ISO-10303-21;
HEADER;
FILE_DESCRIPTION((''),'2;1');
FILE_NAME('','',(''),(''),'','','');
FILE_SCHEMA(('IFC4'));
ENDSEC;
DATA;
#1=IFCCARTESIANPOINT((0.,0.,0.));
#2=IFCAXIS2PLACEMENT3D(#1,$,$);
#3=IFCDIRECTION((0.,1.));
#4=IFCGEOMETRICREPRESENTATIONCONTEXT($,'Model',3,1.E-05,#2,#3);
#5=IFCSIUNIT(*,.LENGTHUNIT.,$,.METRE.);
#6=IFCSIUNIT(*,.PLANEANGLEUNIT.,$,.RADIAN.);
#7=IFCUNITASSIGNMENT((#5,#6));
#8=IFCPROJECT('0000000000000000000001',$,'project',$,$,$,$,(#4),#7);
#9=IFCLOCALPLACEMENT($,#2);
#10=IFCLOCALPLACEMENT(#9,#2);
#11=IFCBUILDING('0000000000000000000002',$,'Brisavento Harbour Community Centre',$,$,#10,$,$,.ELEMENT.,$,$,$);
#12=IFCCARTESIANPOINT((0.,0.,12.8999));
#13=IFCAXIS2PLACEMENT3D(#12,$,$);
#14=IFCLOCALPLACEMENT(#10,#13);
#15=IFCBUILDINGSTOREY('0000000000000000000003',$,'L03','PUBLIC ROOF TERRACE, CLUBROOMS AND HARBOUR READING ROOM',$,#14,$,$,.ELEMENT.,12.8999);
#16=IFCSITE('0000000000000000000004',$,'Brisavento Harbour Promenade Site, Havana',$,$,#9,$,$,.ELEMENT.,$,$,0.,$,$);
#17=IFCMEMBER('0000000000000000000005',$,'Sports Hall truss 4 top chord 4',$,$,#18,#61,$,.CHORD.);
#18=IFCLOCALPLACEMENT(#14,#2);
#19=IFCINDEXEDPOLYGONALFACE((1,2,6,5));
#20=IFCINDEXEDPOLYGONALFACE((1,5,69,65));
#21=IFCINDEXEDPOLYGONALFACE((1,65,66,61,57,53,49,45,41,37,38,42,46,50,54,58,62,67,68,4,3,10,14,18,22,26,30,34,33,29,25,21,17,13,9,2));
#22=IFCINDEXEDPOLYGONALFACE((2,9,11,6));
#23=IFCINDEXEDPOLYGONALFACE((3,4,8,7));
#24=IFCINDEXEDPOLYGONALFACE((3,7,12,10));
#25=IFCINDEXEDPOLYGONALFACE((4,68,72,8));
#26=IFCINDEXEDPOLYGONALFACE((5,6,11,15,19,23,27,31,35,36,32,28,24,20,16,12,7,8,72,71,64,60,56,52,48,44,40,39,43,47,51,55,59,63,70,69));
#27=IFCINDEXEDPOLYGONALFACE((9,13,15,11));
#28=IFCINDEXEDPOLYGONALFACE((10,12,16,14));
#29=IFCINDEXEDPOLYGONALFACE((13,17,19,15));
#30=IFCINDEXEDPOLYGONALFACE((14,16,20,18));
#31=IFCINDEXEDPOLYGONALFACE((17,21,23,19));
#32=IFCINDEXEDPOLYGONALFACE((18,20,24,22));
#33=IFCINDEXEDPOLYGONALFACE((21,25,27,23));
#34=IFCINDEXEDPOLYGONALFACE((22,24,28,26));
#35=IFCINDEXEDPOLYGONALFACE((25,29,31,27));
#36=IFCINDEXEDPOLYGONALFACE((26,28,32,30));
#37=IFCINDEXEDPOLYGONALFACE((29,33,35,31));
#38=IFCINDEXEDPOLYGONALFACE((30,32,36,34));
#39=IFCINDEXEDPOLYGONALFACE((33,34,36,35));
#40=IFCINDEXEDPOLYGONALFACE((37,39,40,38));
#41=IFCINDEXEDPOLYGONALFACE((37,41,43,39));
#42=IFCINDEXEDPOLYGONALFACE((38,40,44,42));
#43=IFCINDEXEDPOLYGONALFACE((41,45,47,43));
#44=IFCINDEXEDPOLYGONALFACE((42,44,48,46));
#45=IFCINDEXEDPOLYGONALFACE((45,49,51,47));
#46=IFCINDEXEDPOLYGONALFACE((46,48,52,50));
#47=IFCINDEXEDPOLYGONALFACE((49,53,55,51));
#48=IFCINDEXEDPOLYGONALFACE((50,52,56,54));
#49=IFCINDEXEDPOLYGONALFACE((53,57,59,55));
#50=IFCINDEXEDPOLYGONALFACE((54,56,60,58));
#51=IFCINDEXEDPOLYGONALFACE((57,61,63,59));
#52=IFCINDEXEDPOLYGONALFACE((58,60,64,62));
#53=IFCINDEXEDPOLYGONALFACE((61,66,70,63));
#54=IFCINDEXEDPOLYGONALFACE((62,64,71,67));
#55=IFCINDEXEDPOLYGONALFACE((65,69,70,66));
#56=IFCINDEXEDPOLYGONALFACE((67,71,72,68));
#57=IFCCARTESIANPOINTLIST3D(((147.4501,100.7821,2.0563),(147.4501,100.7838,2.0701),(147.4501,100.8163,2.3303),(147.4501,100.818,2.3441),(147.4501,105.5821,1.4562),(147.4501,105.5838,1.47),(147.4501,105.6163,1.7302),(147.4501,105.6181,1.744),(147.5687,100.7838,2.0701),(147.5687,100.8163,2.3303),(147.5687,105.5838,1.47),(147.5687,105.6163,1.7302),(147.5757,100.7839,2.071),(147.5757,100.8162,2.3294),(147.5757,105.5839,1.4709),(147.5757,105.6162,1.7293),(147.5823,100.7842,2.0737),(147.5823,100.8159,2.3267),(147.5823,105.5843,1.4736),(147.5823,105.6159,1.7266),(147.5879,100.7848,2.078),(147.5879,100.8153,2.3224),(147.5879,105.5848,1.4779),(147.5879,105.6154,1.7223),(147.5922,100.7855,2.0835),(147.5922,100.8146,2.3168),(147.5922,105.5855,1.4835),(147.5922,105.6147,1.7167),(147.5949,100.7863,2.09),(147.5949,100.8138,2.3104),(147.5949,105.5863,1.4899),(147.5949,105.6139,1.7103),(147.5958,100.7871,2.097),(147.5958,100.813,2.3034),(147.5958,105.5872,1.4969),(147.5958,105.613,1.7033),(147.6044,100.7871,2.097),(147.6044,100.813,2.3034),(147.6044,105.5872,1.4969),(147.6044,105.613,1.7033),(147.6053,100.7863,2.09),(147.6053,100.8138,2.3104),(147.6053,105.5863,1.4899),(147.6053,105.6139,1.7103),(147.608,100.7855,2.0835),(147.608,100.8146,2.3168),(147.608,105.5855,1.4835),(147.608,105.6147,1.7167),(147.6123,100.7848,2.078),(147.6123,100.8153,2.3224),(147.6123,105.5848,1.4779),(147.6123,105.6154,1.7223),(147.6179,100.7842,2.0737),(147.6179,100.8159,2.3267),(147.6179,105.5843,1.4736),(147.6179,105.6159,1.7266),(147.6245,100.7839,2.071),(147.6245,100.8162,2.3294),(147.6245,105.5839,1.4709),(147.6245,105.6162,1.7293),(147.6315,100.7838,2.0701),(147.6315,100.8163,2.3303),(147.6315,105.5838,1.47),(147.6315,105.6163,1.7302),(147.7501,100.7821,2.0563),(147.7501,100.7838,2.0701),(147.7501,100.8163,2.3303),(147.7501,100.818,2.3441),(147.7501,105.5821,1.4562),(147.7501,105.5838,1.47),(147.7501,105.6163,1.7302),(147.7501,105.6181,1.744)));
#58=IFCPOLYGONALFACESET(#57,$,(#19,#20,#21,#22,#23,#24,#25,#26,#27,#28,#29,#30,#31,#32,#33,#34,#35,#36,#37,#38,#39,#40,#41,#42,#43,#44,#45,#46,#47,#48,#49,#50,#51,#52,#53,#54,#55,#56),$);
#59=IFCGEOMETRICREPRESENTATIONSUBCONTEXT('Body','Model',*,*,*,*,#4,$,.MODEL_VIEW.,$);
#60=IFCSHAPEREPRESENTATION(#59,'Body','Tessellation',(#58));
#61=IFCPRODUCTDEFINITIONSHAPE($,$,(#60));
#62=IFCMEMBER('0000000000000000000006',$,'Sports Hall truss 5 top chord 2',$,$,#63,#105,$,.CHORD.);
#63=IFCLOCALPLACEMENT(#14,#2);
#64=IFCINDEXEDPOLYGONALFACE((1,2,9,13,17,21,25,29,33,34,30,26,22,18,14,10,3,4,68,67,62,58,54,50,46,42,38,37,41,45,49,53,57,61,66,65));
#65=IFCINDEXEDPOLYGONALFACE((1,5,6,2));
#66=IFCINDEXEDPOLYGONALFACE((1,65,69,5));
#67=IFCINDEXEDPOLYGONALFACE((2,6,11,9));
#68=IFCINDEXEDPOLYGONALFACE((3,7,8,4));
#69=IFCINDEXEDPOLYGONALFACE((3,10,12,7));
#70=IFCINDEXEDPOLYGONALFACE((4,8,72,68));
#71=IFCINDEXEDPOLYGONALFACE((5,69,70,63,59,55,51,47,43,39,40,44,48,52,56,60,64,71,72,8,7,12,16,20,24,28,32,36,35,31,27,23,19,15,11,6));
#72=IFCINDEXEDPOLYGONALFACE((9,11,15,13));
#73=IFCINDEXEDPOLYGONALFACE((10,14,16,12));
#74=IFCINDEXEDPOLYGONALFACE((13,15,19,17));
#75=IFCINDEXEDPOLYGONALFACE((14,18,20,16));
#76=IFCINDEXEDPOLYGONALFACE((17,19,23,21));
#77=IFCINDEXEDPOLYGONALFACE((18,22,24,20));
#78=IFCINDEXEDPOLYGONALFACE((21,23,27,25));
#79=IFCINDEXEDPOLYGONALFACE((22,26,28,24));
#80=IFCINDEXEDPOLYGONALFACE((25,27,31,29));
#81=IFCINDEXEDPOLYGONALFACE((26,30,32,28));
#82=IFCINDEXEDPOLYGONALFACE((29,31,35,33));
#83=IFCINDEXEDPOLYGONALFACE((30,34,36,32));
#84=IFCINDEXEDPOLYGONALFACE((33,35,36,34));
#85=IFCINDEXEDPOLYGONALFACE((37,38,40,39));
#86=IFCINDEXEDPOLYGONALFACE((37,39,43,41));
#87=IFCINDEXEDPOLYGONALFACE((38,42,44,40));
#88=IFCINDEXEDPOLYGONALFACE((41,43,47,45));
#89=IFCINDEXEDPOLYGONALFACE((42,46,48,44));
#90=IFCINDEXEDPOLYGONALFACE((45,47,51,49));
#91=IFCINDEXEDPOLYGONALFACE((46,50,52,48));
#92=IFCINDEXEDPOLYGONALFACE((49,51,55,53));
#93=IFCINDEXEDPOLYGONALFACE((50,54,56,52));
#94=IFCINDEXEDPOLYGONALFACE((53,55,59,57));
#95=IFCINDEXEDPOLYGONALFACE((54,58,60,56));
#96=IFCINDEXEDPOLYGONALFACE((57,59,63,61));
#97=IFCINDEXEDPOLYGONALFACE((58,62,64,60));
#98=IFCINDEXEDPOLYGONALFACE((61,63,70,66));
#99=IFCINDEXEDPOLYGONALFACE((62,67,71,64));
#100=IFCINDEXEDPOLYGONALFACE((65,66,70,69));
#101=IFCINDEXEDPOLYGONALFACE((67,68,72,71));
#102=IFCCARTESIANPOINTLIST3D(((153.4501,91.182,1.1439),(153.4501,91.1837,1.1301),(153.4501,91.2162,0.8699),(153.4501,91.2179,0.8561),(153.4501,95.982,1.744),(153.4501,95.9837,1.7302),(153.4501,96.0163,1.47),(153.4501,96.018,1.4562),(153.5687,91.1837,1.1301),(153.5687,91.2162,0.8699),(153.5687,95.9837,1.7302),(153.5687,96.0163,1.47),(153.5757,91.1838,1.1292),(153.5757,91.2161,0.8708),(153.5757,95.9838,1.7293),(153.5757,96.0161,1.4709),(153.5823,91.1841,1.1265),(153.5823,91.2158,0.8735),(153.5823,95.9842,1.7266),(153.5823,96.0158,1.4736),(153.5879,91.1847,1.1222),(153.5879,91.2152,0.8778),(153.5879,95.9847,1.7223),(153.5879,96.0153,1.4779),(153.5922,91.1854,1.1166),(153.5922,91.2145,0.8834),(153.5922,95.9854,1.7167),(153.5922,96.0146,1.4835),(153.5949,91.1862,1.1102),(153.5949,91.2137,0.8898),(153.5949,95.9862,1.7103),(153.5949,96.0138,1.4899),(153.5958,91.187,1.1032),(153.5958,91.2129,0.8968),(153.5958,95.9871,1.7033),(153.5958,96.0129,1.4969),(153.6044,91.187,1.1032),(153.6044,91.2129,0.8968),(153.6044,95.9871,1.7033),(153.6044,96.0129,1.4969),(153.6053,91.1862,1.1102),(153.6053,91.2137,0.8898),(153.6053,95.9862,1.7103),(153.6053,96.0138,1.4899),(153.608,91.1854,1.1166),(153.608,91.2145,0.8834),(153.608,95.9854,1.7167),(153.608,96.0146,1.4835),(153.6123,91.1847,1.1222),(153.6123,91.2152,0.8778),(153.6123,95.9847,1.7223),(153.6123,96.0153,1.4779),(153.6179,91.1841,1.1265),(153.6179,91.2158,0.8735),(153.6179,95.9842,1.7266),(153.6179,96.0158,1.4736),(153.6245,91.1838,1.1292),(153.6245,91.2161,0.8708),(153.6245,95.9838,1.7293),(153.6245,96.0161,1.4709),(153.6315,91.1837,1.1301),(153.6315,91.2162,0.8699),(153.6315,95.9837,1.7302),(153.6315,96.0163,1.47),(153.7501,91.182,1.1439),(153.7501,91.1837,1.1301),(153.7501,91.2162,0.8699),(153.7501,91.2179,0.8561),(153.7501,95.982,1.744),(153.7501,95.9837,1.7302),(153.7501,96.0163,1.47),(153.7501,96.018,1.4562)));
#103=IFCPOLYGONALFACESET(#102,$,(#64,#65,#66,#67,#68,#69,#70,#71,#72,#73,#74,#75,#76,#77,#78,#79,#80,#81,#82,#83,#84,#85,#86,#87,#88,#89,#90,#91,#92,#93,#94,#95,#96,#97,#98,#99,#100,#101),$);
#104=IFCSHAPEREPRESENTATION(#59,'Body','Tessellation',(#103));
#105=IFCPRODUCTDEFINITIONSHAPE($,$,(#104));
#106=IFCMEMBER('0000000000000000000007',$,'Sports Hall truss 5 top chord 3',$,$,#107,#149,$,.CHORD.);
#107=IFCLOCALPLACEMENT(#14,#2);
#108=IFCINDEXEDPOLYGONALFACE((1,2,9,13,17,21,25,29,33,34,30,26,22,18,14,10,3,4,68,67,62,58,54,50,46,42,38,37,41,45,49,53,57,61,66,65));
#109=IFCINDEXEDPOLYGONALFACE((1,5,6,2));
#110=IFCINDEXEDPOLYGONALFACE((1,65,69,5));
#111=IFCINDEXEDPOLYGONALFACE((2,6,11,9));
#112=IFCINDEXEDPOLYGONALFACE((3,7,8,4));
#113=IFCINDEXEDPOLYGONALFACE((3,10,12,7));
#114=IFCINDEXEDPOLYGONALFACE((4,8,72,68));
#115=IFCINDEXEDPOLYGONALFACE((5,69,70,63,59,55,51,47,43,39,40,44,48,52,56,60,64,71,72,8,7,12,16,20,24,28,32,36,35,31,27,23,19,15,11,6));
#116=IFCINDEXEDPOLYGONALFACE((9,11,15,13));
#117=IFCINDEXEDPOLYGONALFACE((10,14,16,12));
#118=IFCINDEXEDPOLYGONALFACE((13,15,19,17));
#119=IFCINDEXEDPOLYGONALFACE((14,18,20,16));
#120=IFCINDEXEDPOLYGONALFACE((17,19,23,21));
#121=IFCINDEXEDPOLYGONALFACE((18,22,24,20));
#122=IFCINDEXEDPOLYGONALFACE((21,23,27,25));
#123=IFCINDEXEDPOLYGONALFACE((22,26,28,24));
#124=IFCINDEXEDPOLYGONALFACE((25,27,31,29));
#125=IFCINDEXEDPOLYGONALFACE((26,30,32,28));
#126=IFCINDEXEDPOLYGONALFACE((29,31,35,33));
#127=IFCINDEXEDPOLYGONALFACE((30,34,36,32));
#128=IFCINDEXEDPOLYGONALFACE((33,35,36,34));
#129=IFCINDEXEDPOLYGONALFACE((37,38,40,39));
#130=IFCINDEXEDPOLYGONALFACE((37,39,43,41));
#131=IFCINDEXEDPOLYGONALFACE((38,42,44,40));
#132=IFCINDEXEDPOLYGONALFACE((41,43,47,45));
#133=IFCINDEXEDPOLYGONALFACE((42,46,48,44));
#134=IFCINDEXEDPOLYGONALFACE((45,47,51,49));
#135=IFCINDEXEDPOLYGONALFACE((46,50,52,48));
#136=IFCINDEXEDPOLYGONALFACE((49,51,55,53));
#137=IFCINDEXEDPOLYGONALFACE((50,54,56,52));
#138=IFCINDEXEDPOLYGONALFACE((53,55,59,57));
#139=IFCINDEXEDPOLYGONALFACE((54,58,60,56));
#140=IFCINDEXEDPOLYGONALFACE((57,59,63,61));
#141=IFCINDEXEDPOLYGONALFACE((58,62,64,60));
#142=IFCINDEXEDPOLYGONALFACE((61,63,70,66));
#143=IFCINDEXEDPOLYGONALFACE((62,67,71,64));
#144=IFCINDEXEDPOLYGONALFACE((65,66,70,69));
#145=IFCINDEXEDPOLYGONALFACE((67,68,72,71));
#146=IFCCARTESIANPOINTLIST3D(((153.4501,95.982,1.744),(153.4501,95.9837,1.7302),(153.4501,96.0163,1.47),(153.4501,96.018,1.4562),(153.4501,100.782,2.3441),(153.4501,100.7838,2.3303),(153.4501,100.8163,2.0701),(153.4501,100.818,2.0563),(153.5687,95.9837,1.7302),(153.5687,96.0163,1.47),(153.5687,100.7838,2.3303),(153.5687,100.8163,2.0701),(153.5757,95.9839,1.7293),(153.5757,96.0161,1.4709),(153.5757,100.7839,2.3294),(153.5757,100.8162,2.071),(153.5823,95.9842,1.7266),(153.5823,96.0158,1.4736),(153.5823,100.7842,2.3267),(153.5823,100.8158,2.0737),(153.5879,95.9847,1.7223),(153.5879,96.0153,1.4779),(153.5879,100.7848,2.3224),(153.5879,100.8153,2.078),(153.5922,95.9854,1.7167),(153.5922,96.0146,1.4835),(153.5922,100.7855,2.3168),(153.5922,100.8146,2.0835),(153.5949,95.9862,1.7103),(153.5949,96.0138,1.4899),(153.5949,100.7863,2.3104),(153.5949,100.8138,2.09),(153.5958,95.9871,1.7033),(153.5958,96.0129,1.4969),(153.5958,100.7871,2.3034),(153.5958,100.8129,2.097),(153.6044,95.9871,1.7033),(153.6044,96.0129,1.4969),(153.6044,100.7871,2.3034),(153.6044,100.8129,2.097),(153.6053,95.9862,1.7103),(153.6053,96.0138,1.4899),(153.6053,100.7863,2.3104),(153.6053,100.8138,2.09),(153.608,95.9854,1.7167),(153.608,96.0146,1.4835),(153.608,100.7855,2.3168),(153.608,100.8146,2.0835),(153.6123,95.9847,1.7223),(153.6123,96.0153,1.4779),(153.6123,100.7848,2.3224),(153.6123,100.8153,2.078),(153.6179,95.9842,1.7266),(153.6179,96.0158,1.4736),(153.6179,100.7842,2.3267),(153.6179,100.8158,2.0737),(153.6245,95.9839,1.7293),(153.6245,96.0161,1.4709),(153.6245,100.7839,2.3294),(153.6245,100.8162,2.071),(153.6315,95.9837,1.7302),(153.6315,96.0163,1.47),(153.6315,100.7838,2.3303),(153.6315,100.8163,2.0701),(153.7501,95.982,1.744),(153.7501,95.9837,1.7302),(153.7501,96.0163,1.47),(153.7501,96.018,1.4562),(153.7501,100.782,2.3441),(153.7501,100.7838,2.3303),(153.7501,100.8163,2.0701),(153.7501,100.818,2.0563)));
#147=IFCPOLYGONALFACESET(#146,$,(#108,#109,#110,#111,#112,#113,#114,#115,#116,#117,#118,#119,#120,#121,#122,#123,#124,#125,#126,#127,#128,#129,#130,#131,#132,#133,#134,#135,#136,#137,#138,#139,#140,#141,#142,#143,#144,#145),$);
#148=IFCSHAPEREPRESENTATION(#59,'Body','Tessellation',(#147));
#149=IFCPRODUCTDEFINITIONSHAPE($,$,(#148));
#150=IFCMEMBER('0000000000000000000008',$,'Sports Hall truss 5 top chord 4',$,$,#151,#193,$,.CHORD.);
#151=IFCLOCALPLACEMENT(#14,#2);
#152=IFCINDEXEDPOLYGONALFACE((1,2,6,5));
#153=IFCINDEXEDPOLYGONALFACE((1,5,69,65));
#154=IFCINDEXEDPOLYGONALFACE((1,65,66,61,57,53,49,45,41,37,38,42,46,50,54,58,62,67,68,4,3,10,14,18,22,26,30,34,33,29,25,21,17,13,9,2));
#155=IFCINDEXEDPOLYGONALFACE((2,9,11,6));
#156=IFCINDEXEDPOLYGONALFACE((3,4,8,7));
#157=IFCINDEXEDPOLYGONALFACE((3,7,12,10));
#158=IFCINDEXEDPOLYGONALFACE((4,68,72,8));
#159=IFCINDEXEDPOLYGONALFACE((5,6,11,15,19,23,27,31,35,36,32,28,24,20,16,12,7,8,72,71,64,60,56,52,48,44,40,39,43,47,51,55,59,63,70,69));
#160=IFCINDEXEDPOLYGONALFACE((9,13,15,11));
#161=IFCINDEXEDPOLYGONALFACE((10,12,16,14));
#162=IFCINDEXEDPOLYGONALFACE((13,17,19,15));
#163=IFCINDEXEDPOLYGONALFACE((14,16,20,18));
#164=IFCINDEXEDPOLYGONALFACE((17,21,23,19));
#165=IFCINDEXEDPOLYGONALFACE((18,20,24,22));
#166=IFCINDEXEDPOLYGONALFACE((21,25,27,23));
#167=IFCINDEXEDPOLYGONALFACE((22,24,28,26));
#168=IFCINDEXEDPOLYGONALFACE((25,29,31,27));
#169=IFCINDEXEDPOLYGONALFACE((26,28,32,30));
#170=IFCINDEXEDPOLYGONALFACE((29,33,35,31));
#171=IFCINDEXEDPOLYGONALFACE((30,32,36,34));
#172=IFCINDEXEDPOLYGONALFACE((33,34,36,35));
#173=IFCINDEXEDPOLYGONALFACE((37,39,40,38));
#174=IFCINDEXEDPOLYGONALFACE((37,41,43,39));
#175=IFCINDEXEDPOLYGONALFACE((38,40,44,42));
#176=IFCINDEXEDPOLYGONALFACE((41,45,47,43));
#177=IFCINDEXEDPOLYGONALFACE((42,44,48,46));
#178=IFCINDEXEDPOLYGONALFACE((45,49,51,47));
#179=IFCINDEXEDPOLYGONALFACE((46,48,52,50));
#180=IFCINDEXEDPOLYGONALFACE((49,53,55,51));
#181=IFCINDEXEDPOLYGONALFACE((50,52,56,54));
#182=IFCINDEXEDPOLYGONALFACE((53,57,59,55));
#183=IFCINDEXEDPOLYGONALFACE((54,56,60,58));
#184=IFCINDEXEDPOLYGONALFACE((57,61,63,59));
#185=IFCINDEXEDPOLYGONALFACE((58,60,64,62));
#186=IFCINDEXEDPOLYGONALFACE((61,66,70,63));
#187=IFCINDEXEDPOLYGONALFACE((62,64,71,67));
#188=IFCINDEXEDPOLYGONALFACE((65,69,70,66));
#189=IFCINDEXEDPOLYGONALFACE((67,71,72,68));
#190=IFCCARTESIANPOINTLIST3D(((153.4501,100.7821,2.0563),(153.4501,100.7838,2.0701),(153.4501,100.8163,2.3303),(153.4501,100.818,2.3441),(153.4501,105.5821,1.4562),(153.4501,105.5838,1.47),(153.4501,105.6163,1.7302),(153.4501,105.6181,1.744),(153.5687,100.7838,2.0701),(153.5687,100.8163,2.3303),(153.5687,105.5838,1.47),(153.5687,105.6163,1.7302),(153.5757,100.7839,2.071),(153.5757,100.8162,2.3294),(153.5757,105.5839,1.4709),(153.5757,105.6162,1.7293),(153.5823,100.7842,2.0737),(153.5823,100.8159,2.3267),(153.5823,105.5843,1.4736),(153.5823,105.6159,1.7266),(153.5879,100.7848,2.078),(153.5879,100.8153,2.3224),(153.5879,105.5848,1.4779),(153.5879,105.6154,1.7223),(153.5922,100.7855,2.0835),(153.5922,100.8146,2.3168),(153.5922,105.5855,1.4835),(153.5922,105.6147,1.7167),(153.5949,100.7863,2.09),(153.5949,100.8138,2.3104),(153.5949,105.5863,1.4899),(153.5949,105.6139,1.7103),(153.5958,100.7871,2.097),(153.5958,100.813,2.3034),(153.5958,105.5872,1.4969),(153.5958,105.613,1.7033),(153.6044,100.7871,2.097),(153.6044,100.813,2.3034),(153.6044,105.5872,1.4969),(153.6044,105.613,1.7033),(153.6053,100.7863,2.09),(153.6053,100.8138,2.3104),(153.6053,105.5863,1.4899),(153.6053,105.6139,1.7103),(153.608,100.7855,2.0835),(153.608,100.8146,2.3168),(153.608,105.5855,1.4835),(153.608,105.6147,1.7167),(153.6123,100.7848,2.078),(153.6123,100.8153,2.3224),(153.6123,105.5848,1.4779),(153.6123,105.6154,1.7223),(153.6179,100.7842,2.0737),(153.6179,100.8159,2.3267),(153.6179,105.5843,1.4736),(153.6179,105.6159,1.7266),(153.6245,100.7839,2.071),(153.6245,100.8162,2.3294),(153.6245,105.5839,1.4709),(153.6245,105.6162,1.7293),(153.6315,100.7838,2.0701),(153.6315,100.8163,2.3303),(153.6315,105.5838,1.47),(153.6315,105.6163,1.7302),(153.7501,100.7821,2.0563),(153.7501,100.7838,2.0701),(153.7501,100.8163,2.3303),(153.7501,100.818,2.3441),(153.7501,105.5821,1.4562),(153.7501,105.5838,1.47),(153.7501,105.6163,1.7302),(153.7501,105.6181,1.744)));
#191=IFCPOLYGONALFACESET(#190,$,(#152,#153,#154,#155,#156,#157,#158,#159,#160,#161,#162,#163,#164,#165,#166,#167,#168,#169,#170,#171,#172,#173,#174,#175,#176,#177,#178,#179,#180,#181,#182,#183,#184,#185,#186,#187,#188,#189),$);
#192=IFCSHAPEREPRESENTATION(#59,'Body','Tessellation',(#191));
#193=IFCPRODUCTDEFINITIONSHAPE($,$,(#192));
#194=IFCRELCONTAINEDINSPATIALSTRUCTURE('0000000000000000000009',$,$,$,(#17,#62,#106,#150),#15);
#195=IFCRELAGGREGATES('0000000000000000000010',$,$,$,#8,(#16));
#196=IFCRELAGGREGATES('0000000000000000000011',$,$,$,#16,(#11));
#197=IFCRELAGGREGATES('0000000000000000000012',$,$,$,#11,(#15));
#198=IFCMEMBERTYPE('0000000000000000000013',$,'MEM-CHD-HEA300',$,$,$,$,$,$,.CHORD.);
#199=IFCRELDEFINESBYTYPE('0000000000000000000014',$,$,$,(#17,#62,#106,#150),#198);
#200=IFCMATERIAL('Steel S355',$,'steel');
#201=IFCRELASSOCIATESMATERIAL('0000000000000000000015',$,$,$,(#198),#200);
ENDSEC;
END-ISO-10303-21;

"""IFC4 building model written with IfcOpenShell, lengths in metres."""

from ifc_helpers import new_model, si_unit, direction, frame, origin, origin_2d, place, context, subcontext, project, spatial, i_section, extrude, material, material_profile, profile_set, type_object, element, save


model = new_model("IFC4")

# Units and contexts
model_context = context("Model", 3, precision=1e-05, world=origin(), true_north=direction((0.0, 1.0)))
body_context = subcontext(model_context, "Body", "Model", "MODEL_VIEW")
ifc_project = project(units=[si_unit("LENGTHUNIT", "METRE"), si_unit("PLANEANGLEUNIT", "RADIAN")], contexts=[model_context])

# Site, building, storey
site_placement = place(None, origin())
site = spatial("IfcSite", under=ifc_project, at=site_placement, Name="Brisavento Harbour Promenade Site, Havana", CompositionType="ELEMENT", RefElevation=0.0)
building_placement = place(site_placement, origin())
building = spatial("IfcBuilding", under=site, at=building_placement, Name="Brisavento Harbour Community Centre", CompositionType="ELEMENT")
storey_placement = place(building_placement, frame((0.0, 0.0, 12.8999)))
storey = spatial("IfcBuildingStorey", under=building, at=storey_placement, Name="L03", Description="PUBLIC ROOF TERRACE, CLUBROOMS AND HARBOUR READING ROOM", CompositionType="ELEMENT", Elevation=12.8999)

# Members
ifc_material_1 = material(Name="Steel S355", Category="steel")
ifc_material_profile_1 = material_profile(ifc_material_1, i_section(OverallWidth=0.3, OverallDepth=0.29, WebThickness=0.0085, FlangeThickness=0.0139, FilletRadius=0.0271, at=origin_2d()), Name="Steel S355")
ifc_profile_set_1 = profile_set([ifc_material_profile_1], Name="Steel S355")
member_type_1 = type_object("IfcMemberType", Name="MEM-CHD-HEA300", PredefinedType="CHORD", material=ifc_profile_set_1)
for number, where, z_axis, x_axis, name in (
    (1, (147.6001, 100.8, 2.2002), (0.0, 0.992276, -0.124053), (-1.0, 0.0, 0.0), "Sports Hall truss 4 top chord 4"),
    (2, (153.6001, 91.2, 1.0), (0.0, 0.992276, 0.124053), (-1.0, 0.0, 0.0), "Sports Hall truss 5 top chord 2"),
    (3, (153.6001, 96.0, 1.6001), (0.0, 0.992276, 0.124053), (-1.0, 0.0, 0.0), "Sports Hall truss 5 top chord 3"),
    (4, (153.6001, 100.8, 2.2002), (0.0, 0.992276, -0.124053), (-1.0, 0.0, 0.0), "Sports Hall truss 5 top chord 4"),
):
    element("IfcMember", number, at=place(storey_placement, frame(where, z_axis=z_axis, x_axis=x_axis)), inside=storey, type_object=member_type_1, Name=name, PredefinedType="CHORD", context=body_context, shape_type="SweptSolid", body=[
        extrude(i_section(OverallWidth=0.3, OverallDepth=0.29, WebThickness=0.0085, FlangeThickness=0.0139, FilletRadius=0.0271, at=origin_2d()), origin(), (0.0, 0.0, 1.0), 4.8374),
    ])

save(model, "model.ifc")
